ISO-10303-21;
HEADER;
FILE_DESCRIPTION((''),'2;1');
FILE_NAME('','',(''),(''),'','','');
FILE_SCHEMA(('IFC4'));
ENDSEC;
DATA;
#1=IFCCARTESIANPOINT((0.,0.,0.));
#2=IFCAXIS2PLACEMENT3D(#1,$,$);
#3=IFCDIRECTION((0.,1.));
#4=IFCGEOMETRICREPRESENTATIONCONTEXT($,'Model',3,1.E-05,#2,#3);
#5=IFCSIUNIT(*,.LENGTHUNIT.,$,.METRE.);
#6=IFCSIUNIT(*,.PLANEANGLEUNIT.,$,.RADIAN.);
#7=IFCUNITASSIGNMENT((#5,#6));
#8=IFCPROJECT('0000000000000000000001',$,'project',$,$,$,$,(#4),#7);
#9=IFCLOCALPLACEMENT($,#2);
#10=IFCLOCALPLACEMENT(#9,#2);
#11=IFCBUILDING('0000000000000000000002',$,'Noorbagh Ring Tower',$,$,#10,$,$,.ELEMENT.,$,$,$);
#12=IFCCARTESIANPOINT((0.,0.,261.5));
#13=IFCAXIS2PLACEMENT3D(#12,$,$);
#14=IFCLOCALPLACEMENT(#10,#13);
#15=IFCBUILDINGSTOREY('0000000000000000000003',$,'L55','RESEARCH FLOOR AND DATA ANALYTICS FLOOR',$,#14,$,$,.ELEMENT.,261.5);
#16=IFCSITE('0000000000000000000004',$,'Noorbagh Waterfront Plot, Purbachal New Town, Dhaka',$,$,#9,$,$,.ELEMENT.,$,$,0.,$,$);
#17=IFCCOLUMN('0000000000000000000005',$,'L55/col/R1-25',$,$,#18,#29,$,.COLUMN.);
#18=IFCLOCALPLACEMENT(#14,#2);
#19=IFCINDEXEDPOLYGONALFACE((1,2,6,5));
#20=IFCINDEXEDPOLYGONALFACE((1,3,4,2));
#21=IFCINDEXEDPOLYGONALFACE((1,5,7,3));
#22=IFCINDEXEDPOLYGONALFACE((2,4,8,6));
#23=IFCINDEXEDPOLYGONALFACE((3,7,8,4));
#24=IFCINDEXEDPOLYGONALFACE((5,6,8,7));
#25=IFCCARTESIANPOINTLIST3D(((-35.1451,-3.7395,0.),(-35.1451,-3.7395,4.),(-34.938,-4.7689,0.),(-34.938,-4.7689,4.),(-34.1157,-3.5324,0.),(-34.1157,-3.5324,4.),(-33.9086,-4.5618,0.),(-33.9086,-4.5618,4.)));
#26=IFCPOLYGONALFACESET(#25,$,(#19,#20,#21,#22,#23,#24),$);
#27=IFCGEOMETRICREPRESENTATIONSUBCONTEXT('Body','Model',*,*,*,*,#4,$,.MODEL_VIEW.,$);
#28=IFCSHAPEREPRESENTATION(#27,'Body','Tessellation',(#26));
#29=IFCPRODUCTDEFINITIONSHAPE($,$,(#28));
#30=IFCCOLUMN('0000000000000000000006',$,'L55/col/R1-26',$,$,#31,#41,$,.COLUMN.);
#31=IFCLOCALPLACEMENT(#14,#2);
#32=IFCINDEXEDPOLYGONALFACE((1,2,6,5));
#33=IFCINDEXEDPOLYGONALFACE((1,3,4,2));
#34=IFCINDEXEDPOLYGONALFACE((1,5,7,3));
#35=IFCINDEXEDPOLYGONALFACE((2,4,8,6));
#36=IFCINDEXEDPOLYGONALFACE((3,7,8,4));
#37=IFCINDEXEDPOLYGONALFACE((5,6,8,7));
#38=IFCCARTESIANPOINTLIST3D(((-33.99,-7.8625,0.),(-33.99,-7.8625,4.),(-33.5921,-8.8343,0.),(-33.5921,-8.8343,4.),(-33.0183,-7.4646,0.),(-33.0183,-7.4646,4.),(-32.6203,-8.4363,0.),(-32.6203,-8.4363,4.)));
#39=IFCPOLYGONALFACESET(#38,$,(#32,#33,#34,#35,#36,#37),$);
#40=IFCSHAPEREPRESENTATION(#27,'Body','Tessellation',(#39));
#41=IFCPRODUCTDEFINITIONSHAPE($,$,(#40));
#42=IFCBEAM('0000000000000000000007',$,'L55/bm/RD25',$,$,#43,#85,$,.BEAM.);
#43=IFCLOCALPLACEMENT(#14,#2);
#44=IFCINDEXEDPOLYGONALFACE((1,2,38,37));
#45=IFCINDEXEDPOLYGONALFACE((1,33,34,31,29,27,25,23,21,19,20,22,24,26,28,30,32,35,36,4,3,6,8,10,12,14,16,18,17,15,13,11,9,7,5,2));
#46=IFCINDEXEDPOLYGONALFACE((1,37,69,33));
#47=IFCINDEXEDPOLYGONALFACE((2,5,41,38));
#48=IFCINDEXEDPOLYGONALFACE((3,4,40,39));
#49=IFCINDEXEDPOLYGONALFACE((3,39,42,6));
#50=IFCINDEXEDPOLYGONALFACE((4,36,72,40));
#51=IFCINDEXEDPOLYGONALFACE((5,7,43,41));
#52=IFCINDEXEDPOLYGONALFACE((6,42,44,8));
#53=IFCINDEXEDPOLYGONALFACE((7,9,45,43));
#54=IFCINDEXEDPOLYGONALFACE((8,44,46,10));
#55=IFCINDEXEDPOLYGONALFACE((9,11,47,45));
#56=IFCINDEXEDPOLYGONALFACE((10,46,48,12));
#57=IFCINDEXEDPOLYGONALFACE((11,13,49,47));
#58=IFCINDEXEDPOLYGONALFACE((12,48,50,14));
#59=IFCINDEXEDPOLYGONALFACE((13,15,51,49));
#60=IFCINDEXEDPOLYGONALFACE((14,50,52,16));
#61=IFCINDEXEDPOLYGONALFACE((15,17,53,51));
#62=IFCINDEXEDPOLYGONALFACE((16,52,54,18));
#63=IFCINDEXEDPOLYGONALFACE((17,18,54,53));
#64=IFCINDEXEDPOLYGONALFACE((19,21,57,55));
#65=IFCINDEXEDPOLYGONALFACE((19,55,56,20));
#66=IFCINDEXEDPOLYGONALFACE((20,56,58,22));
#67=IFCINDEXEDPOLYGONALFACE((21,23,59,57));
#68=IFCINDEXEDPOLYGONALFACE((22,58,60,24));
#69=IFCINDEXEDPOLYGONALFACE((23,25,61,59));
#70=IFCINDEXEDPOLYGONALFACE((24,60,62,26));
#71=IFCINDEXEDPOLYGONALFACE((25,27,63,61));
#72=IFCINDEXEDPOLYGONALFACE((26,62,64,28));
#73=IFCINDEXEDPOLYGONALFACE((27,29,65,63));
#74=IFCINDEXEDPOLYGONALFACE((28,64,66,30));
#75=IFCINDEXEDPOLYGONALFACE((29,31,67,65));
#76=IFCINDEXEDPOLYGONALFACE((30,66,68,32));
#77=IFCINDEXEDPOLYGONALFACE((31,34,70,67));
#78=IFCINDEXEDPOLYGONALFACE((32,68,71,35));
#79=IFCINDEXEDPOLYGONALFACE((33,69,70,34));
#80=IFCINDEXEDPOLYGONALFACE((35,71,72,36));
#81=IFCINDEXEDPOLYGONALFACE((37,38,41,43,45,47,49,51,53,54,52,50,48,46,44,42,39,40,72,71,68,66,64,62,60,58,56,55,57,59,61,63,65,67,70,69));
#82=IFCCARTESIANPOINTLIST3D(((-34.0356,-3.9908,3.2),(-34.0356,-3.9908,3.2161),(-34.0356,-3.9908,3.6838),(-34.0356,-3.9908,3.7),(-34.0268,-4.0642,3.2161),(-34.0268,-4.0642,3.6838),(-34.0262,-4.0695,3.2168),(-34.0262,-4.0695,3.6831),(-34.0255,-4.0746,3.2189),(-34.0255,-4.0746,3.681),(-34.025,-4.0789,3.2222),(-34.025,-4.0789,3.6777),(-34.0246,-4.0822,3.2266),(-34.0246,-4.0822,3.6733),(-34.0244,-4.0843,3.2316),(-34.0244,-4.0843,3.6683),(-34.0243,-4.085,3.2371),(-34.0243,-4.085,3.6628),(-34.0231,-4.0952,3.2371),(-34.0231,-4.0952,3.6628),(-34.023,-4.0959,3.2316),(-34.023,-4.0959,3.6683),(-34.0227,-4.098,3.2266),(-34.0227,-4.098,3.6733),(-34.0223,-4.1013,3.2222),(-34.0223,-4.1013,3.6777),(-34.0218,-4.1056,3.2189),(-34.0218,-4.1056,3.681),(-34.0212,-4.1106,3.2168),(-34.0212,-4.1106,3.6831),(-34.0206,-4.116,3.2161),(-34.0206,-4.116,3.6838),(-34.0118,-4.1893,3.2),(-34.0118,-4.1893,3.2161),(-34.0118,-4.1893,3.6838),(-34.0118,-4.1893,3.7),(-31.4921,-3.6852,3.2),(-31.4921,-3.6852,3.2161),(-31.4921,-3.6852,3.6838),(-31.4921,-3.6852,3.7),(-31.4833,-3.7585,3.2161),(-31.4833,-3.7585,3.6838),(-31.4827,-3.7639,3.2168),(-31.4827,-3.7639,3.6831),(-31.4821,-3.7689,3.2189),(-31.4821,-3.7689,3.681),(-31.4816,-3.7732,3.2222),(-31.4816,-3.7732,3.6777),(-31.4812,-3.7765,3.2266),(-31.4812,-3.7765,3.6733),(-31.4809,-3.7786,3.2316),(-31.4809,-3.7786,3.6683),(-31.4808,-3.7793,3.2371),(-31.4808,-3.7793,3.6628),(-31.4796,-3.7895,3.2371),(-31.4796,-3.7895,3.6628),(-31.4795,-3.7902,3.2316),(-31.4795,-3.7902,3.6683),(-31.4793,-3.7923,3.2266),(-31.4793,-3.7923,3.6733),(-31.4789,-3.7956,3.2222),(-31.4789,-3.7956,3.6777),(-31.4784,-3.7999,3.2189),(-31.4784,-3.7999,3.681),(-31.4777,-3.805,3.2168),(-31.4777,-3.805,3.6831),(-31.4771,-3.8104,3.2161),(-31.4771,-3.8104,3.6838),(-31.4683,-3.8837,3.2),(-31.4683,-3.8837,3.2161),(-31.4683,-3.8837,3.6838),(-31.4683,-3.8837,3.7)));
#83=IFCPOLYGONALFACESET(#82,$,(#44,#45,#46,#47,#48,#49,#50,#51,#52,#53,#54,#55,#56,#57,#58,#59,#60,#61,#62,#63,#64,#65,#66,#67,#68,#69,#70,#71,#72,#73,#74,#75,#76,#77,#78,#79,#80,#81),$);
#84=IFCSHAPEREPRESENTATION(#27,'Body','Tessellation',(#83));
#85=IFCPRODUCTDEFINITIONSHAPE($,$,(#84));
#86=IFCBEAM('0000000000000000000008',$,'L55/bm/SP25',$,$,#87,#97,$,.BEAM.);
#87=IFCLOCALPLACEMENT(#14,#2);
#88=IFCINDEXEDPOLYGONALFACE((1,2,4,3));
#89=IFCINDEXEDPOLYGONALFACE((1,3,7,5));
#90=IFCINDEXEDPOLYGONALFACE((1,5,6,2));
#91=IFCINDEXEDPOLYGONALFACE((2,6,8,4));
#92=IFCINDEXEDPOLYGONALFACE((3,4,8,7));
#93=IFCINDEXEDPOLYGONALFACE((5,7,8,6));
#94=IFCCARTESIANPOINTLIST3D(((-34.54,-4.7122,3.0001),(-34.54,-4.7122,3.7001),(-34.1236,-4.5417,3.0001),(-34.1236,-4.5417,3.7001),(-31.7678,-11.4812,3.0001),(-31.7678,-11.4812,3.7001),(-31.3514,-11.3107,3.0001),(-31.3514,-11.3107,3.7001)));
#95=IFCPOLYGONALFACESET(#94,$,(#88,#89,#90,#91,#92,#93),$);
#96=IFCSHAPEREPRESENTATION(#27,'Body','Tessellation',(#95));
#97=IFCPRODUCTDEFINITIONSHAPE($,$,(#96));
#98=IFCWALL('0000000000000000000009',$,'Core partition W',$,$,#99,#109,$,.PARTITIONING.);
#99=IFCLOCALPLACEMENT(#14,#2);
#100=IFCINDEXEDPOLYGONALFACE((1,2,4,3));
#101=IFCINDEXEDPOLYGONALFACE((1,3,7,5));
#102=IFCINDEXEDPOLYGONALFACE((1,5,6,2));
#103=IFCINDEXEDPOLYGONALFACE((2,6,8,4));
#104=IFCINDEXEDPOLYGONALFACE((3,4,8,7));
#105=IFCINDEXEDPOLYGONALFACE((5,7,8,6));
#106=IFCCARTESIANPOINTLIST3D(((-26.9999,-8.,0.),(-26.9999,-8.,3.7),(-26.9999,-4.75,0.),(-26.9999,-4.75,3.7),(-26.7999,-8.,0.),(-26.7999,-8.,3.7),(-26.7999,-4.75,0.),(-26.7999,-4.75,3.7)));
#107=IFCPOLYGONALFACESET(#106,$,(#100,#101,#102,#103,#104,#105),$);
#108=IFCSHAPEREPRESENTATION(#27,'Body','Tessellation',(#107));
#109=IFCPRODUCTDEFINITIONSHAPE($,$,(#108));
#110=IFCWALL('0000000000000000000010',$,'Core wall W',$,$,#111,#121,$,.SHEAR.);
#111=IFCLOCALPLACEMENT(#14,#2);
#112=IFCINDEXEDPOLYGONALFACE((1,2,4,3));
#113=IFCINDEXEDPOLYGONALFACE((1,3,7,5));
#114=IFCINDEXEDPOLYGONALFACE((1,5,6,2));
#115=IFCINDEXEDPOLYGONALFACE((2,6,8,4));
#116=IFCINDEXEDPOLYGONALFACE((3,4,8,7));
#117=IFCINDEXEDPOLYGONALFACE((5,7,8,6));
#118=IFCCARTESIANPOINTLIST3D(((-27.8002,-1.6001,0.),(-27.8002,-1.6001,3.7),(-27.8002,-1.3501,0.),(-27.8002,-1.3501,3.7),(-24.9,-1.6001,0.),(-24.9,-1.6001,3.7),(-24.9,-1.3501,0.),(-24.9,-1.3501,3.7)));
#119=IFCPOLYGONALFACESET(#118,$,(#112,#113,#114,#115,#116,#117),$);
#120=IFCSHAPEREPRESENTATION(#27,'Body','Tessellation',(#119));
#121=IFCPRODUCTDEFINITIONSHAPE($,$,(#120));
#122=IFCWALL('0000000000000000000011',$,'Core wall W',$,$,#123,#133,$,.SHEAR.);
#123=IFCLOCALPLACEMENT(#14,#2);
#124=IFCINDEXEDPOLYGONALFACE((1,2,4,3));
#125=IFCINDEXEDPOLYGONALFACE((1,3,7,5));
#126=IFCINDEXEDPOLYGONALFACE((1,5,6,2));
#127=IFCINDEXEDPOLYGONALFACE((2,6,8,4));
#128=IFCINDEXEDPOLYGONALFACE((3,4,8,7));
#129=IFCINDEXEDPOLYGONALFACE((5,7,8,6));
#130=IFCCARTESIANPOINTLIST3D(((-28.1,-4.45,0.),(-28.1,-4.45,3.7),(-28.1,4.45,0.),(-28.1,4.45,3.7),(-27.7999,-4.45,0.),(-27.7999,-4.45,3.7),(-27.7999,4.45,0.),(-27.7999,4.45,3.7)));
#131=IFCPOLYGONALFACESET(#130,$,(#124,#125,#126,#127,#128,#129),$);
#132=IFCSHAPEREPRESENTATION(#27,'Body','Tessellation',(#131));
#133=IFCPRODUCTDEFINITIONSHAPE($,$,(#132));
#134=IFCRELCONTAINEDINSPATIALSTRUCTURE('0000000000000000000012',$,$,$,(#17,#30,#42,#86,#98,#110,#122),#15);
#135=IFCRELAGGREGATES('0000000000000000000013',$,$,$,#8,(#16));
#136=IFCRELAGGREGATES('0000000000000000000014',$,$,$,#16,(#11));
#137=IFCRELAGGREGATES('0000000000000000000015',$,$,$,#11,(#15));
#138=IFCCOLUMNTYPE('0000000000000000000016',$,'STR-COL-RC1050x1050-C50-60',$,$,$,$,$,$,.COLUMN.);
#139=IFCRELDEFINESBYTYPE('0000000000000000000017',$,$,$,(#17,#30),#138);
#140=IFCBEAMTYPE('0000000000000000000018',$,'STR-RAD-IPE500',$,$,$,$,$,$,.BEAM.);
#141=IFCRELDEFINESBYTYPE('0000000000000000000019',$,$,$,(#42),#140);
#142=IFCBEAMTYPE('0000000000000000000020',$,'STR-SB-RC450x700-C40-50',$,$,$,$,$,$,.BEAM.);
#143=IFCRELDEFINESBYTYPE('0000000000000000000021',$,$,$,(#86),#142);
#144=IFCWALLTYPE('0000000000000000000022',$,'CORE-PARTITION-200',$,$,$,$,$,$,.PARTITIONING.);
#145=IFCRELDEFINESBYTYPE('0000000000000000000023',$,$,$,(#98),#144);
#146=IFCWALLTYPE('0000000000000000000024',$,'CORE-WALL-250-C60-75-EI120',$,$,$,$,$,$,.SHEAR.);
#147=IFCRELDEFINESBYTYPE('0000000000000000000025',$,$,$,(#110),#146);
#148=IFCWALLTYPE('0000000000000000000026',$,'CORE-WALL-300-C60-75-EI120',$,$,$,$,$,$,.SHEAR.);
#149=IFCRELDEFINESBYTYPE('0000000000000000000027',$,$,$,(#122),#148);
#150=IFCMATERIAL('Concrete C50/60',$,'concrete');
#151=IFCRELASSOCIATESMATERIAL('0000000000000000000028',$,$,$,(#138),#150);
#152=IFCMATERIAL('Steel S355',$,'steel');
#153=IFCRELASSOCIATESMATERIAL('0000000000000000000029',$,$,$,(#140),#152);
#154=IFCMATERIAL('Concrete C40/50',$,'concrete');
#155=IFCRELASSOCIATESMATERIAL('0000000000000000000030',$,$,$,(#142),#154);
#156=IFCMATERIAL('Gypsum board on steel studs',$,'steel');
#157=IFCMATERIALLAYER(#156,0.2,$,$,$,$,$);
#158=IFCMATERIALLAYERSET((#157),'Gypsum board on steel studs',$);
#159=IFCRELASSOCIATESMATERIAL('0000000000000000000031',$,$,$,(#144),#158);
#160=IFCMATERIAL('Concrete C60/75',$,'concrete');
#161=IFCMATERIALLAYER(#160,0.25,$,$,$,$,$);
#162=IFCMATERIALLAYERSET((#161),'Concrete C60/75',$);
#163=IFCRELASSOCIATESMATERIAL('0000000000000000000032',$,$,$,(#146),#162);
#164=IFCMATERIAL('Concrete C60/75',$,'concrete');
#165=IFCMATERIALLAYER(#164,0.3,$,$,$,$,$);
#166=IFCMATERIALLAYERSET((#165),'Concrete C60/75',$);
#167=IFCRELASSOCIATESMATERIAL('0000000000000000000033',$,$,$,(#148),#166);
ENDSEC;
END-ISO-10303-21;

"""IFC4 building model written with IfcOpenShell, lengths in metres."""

from ifc_helpers import new_model, si_unit, direction, frame, frame_2d, origin, origin_2d, place, context, subcontext, project, spatial, rectangle, i_section, extrude, material, layer, layer_set, material_profile, profile_set, type_object, element, save


model = new_model("IFC4")

# Units and contexts
model_context = context("Model", 3, precision=1e-05, world=origin(), true_north=direction((0.0, 1.0)))
body_context = subcontext(model_context, "Body", "Model", "MODEL_VIEW")
ifc_project = project(units=[si_unit("LENGTHUNIT", "METRE"), si_unit("PLANEANGLEUNIT", "RADIAN")], contexts=[model_context])

# Site, building, storey
site_placement = place(None, origin())
site = spatial("IfcSite", under=ifc_project, at=site_placement, Name="Noorbagh Waterfront Plot, Purbachal New Town, Dhaka", CompositionType="ELEMENT", RefElevation=0.0)
building_placement = place(site_placement, origin())
building = spatial("IfcBuilding", under=site, at=building_placement, Name="Noorbagh Ring Tower", CompositionType="ELEMENT")
storey_placement = place(building_placement, frame((0.0, 0.0, 261.5)))
storey = spatial("IfcBuildingStorey", under=building, at=storey_placement, Name="L55", Description="RESEARCH FLOOR AND DATA ANALYTICS FLOOR", CompositionType="ELEMENT", Elevation=261.5)

# Columns
ifc_material_1 = material(Name="Concrete C50/60", Category="concrete")
ifc_material_profile_1 = material_profile(ifc_material_1, rectangle(XDim=1.05, YDim=1.05, at=origin_2d()), Name="RC1050x1050")
ifc_profile_set_1 = profile_set([ifc_material_profile_1], Name="Concrete C50/60")
column_type = type_object("IfcColumnType", Name="STR-COL-RC1050x1050-C50-60", PredefinedType="COLUMN", material=ifc_profile_set_1)
for number, where, z_axis, x_axis, name in (
    (1, (-34.5269, -4.1506, 0.0), (0.0, 0.0, 1.0), (0.19723, -0.980357, 0.0), "L55/col/R1-25"),
    (2, (-33.3052, -8.1494, 0.0), (0.0, 0.0, 1.0), (0.378989, -0.925401, 0.0), "L55/col/R1-26"),
):
    element("IfcColumn", number, at=place(storey_placement, frame(where, z_axis=z_axis, x_axis=x_axis)), inside=storey, type_object=column_type, Name=name, PredefinedType="COLUMN", context=body_context, shape_type="SweptSolid", body=[
        extrude(rectangle(XDim=1.05, YDim=1.05, at=origin_2d()), origin(), (0.0, 0.0, 1.0), 4.0),
    ])

# Beams
ifc_material_2 = material(Name="Steel S355", Category="steel")
ifc_material_profile_2 = material_profile(ifc_material_2, i_section(OverallWidth=0.2, OverallDepth=0.5, WebThickness=0.0103, FlangeThickness=0.0161, FilletRadius=0.021, at=origin_2d()), Name="IPE500")
ifc_profile_set_2 = profile_set([ifc_material_profile_2], Name="Steel S355")
beam_type_1 = type_object("IfcBeamType", Name="STR-RAD-IPE500", PredefinedType="BEAM", material=ifc_profile_set_2)
beam_1_placement = place(storey_placement, frame((-34.0237, -4.0901, 3.45), z_axis=(0.992856, 0.119318, 0.0), x_axis=(-0.119318, 0.992856, 0.0)))
element("IfcBeam", 3, at=beam_1_placement, inside=storey, type_object=beam_type_1, Name="L55/bm/RD25", PredefinedType="BEAM", context=body_context, shape_type="SweptSolid", body=[
    extrude(i_section(OverallWidth=0.2, OverallDepth=0.5, WebThickness=0.0103, FlangeThickness=0.0161, FilletRadius=0.021, at=origin_2d()), origin(), (0.0, 0.0, 1.0), 2.5618),
])
ifc_material_3 = material(Name="Concrete C40/50", Category="concrete")
ifc_material_profile_3 = material_profile(ifc_material_3, rectangle(XDim=0.45, YDim=0.7, at=origin_2d()), Name="RC450x700")
ifc_profile_set_3 = profile_set([ifc_material_profile_3], Name="Concrete C40/50")
beam_type_2 = type_object("IfcBeamType", Name="STR-SB-RC450x700-C40-50", PredefinedType="BEAM", material=ifc_profile_set_3)
beam_2_placement = place(storey_placement, frame((-34.3318, -4.627, 3.3501), z_axis=(0.378992, -0.9254, 0.0), x_axis=(0.9254, 0.378992, 0.0)))
element("IfcBeam", 4, at=beam_2_placement, inside=storey, type_object=beam_type_2, Name="L55/bm/SP25", PredefinedType="BEAM", context=body_context, shape_type="SweptSolid", body=[
    extrude(rectangle(XDim=0.45, YDim=0.7, at=origin_2d()), origin(), (0.0, 0.0, 1.0), 7.3147),
])

# Walls
ifc_material_4 = material(Name="Gypsum board on steel studs", Category="steel")
ifc_layer_1 = layer(ifc_material_4, 0.2)
ifc_layer_set_1 = layer_set([ifc_layer_1], Name="Gypsum board on steel studs")
wall_type_1 = type_object("IfcWallType", Name="CORE-PARTITION-200", PredefinedType="PARTITIONING", material=ifc_layer_set_1)
wall_1_placement = place(storey_placement, frame((-26.8999, -8.0, 0.0), z_axis=(0.0, 0.0, 1.0), x_axis=(0.0, 1.0, 0.0)))
element("IfcWall", 5, at=wall_1_placement, inside=storey, type_object=wall_type_1, Name="Core partition W", PredefinedType="PARTITIONING", context=body_context, shape_type="SweptSolid", body=[
    extrude(rectangle(XDim=3.25, YDim=0.2, at=frame_2d((1.625, 0.0))), origin(), (0.0, 0.0, 1.0), 3.7),
])
ifc_material_5 = material(Name="Concrete C60/75", Category="concrete")
ifc_layer_2 = layer(ifc_material_5, 0.25)
ifc_layer_set_2 = layer_set([ifc_layer_2], Name="Concrete C60/75")
wall_type_2 = type_object("IfcWallType", Name="CORE-WALL-250-C60-75-EI120", PredefinedType="SHEAR", material=ifc_layer_set_2)
wall_2_placement = place(storey_placement, frame((-24.8999, -1.4751, 0.0), z_axis=(0.0, 0.0, 1.0), x_axis=(-1.0, 0.0, 0.0)))
element("IfcWall", 6, at=wall_2_placement, inside=storey, type_object=wall_type_2, Name="Core wall W", PredefinedType="SHEAR", context=body_context, shape_type="SweptSolid", body=[
    extrude(rectangle(XDim=2.9001, YDim=0.25, at=frame_2d((1.4502, 0.0))), origin(), (0.0, 0.0, 1.0), 3.7),
])
ifc_material_6 = material(Name="Concrete C60/75", Category="concrete")
ifc_layer_3 = layer(ifc_material_6, 0.3)
ifc_layer_set_3 = layer_set([ifc_layer_3], Name="Concrete C60/75")
wall_type_3 = type_object("IfcWallType", Name="CORE-WALL-300-C60-75-EI120", PredefinedType="SHEAR", material=ifc_layer_set_3)
wall_3_placement = place(storey_placement, frame((-27.95, -4.45, 0.0), z_axis=(0.0, 0.0, 1.0), x_axis=(0.0, 1.0, 0.0)))
element("IfcWall", 7, at=wall_3_placement, inside=storey, type_object=wall_type_3, Name="Core wall W", PredefinedType="SHEAR", context=body_context, shape_type="SweptSolid", body=[
    extrude(rectangle(XDim=8.8999, YDim=0.3, at=frame_2d((4.45, 0.0))), origin(), (0.0, 0.0, 1.0), 3.7),
])

save(model, "model.ifc")
